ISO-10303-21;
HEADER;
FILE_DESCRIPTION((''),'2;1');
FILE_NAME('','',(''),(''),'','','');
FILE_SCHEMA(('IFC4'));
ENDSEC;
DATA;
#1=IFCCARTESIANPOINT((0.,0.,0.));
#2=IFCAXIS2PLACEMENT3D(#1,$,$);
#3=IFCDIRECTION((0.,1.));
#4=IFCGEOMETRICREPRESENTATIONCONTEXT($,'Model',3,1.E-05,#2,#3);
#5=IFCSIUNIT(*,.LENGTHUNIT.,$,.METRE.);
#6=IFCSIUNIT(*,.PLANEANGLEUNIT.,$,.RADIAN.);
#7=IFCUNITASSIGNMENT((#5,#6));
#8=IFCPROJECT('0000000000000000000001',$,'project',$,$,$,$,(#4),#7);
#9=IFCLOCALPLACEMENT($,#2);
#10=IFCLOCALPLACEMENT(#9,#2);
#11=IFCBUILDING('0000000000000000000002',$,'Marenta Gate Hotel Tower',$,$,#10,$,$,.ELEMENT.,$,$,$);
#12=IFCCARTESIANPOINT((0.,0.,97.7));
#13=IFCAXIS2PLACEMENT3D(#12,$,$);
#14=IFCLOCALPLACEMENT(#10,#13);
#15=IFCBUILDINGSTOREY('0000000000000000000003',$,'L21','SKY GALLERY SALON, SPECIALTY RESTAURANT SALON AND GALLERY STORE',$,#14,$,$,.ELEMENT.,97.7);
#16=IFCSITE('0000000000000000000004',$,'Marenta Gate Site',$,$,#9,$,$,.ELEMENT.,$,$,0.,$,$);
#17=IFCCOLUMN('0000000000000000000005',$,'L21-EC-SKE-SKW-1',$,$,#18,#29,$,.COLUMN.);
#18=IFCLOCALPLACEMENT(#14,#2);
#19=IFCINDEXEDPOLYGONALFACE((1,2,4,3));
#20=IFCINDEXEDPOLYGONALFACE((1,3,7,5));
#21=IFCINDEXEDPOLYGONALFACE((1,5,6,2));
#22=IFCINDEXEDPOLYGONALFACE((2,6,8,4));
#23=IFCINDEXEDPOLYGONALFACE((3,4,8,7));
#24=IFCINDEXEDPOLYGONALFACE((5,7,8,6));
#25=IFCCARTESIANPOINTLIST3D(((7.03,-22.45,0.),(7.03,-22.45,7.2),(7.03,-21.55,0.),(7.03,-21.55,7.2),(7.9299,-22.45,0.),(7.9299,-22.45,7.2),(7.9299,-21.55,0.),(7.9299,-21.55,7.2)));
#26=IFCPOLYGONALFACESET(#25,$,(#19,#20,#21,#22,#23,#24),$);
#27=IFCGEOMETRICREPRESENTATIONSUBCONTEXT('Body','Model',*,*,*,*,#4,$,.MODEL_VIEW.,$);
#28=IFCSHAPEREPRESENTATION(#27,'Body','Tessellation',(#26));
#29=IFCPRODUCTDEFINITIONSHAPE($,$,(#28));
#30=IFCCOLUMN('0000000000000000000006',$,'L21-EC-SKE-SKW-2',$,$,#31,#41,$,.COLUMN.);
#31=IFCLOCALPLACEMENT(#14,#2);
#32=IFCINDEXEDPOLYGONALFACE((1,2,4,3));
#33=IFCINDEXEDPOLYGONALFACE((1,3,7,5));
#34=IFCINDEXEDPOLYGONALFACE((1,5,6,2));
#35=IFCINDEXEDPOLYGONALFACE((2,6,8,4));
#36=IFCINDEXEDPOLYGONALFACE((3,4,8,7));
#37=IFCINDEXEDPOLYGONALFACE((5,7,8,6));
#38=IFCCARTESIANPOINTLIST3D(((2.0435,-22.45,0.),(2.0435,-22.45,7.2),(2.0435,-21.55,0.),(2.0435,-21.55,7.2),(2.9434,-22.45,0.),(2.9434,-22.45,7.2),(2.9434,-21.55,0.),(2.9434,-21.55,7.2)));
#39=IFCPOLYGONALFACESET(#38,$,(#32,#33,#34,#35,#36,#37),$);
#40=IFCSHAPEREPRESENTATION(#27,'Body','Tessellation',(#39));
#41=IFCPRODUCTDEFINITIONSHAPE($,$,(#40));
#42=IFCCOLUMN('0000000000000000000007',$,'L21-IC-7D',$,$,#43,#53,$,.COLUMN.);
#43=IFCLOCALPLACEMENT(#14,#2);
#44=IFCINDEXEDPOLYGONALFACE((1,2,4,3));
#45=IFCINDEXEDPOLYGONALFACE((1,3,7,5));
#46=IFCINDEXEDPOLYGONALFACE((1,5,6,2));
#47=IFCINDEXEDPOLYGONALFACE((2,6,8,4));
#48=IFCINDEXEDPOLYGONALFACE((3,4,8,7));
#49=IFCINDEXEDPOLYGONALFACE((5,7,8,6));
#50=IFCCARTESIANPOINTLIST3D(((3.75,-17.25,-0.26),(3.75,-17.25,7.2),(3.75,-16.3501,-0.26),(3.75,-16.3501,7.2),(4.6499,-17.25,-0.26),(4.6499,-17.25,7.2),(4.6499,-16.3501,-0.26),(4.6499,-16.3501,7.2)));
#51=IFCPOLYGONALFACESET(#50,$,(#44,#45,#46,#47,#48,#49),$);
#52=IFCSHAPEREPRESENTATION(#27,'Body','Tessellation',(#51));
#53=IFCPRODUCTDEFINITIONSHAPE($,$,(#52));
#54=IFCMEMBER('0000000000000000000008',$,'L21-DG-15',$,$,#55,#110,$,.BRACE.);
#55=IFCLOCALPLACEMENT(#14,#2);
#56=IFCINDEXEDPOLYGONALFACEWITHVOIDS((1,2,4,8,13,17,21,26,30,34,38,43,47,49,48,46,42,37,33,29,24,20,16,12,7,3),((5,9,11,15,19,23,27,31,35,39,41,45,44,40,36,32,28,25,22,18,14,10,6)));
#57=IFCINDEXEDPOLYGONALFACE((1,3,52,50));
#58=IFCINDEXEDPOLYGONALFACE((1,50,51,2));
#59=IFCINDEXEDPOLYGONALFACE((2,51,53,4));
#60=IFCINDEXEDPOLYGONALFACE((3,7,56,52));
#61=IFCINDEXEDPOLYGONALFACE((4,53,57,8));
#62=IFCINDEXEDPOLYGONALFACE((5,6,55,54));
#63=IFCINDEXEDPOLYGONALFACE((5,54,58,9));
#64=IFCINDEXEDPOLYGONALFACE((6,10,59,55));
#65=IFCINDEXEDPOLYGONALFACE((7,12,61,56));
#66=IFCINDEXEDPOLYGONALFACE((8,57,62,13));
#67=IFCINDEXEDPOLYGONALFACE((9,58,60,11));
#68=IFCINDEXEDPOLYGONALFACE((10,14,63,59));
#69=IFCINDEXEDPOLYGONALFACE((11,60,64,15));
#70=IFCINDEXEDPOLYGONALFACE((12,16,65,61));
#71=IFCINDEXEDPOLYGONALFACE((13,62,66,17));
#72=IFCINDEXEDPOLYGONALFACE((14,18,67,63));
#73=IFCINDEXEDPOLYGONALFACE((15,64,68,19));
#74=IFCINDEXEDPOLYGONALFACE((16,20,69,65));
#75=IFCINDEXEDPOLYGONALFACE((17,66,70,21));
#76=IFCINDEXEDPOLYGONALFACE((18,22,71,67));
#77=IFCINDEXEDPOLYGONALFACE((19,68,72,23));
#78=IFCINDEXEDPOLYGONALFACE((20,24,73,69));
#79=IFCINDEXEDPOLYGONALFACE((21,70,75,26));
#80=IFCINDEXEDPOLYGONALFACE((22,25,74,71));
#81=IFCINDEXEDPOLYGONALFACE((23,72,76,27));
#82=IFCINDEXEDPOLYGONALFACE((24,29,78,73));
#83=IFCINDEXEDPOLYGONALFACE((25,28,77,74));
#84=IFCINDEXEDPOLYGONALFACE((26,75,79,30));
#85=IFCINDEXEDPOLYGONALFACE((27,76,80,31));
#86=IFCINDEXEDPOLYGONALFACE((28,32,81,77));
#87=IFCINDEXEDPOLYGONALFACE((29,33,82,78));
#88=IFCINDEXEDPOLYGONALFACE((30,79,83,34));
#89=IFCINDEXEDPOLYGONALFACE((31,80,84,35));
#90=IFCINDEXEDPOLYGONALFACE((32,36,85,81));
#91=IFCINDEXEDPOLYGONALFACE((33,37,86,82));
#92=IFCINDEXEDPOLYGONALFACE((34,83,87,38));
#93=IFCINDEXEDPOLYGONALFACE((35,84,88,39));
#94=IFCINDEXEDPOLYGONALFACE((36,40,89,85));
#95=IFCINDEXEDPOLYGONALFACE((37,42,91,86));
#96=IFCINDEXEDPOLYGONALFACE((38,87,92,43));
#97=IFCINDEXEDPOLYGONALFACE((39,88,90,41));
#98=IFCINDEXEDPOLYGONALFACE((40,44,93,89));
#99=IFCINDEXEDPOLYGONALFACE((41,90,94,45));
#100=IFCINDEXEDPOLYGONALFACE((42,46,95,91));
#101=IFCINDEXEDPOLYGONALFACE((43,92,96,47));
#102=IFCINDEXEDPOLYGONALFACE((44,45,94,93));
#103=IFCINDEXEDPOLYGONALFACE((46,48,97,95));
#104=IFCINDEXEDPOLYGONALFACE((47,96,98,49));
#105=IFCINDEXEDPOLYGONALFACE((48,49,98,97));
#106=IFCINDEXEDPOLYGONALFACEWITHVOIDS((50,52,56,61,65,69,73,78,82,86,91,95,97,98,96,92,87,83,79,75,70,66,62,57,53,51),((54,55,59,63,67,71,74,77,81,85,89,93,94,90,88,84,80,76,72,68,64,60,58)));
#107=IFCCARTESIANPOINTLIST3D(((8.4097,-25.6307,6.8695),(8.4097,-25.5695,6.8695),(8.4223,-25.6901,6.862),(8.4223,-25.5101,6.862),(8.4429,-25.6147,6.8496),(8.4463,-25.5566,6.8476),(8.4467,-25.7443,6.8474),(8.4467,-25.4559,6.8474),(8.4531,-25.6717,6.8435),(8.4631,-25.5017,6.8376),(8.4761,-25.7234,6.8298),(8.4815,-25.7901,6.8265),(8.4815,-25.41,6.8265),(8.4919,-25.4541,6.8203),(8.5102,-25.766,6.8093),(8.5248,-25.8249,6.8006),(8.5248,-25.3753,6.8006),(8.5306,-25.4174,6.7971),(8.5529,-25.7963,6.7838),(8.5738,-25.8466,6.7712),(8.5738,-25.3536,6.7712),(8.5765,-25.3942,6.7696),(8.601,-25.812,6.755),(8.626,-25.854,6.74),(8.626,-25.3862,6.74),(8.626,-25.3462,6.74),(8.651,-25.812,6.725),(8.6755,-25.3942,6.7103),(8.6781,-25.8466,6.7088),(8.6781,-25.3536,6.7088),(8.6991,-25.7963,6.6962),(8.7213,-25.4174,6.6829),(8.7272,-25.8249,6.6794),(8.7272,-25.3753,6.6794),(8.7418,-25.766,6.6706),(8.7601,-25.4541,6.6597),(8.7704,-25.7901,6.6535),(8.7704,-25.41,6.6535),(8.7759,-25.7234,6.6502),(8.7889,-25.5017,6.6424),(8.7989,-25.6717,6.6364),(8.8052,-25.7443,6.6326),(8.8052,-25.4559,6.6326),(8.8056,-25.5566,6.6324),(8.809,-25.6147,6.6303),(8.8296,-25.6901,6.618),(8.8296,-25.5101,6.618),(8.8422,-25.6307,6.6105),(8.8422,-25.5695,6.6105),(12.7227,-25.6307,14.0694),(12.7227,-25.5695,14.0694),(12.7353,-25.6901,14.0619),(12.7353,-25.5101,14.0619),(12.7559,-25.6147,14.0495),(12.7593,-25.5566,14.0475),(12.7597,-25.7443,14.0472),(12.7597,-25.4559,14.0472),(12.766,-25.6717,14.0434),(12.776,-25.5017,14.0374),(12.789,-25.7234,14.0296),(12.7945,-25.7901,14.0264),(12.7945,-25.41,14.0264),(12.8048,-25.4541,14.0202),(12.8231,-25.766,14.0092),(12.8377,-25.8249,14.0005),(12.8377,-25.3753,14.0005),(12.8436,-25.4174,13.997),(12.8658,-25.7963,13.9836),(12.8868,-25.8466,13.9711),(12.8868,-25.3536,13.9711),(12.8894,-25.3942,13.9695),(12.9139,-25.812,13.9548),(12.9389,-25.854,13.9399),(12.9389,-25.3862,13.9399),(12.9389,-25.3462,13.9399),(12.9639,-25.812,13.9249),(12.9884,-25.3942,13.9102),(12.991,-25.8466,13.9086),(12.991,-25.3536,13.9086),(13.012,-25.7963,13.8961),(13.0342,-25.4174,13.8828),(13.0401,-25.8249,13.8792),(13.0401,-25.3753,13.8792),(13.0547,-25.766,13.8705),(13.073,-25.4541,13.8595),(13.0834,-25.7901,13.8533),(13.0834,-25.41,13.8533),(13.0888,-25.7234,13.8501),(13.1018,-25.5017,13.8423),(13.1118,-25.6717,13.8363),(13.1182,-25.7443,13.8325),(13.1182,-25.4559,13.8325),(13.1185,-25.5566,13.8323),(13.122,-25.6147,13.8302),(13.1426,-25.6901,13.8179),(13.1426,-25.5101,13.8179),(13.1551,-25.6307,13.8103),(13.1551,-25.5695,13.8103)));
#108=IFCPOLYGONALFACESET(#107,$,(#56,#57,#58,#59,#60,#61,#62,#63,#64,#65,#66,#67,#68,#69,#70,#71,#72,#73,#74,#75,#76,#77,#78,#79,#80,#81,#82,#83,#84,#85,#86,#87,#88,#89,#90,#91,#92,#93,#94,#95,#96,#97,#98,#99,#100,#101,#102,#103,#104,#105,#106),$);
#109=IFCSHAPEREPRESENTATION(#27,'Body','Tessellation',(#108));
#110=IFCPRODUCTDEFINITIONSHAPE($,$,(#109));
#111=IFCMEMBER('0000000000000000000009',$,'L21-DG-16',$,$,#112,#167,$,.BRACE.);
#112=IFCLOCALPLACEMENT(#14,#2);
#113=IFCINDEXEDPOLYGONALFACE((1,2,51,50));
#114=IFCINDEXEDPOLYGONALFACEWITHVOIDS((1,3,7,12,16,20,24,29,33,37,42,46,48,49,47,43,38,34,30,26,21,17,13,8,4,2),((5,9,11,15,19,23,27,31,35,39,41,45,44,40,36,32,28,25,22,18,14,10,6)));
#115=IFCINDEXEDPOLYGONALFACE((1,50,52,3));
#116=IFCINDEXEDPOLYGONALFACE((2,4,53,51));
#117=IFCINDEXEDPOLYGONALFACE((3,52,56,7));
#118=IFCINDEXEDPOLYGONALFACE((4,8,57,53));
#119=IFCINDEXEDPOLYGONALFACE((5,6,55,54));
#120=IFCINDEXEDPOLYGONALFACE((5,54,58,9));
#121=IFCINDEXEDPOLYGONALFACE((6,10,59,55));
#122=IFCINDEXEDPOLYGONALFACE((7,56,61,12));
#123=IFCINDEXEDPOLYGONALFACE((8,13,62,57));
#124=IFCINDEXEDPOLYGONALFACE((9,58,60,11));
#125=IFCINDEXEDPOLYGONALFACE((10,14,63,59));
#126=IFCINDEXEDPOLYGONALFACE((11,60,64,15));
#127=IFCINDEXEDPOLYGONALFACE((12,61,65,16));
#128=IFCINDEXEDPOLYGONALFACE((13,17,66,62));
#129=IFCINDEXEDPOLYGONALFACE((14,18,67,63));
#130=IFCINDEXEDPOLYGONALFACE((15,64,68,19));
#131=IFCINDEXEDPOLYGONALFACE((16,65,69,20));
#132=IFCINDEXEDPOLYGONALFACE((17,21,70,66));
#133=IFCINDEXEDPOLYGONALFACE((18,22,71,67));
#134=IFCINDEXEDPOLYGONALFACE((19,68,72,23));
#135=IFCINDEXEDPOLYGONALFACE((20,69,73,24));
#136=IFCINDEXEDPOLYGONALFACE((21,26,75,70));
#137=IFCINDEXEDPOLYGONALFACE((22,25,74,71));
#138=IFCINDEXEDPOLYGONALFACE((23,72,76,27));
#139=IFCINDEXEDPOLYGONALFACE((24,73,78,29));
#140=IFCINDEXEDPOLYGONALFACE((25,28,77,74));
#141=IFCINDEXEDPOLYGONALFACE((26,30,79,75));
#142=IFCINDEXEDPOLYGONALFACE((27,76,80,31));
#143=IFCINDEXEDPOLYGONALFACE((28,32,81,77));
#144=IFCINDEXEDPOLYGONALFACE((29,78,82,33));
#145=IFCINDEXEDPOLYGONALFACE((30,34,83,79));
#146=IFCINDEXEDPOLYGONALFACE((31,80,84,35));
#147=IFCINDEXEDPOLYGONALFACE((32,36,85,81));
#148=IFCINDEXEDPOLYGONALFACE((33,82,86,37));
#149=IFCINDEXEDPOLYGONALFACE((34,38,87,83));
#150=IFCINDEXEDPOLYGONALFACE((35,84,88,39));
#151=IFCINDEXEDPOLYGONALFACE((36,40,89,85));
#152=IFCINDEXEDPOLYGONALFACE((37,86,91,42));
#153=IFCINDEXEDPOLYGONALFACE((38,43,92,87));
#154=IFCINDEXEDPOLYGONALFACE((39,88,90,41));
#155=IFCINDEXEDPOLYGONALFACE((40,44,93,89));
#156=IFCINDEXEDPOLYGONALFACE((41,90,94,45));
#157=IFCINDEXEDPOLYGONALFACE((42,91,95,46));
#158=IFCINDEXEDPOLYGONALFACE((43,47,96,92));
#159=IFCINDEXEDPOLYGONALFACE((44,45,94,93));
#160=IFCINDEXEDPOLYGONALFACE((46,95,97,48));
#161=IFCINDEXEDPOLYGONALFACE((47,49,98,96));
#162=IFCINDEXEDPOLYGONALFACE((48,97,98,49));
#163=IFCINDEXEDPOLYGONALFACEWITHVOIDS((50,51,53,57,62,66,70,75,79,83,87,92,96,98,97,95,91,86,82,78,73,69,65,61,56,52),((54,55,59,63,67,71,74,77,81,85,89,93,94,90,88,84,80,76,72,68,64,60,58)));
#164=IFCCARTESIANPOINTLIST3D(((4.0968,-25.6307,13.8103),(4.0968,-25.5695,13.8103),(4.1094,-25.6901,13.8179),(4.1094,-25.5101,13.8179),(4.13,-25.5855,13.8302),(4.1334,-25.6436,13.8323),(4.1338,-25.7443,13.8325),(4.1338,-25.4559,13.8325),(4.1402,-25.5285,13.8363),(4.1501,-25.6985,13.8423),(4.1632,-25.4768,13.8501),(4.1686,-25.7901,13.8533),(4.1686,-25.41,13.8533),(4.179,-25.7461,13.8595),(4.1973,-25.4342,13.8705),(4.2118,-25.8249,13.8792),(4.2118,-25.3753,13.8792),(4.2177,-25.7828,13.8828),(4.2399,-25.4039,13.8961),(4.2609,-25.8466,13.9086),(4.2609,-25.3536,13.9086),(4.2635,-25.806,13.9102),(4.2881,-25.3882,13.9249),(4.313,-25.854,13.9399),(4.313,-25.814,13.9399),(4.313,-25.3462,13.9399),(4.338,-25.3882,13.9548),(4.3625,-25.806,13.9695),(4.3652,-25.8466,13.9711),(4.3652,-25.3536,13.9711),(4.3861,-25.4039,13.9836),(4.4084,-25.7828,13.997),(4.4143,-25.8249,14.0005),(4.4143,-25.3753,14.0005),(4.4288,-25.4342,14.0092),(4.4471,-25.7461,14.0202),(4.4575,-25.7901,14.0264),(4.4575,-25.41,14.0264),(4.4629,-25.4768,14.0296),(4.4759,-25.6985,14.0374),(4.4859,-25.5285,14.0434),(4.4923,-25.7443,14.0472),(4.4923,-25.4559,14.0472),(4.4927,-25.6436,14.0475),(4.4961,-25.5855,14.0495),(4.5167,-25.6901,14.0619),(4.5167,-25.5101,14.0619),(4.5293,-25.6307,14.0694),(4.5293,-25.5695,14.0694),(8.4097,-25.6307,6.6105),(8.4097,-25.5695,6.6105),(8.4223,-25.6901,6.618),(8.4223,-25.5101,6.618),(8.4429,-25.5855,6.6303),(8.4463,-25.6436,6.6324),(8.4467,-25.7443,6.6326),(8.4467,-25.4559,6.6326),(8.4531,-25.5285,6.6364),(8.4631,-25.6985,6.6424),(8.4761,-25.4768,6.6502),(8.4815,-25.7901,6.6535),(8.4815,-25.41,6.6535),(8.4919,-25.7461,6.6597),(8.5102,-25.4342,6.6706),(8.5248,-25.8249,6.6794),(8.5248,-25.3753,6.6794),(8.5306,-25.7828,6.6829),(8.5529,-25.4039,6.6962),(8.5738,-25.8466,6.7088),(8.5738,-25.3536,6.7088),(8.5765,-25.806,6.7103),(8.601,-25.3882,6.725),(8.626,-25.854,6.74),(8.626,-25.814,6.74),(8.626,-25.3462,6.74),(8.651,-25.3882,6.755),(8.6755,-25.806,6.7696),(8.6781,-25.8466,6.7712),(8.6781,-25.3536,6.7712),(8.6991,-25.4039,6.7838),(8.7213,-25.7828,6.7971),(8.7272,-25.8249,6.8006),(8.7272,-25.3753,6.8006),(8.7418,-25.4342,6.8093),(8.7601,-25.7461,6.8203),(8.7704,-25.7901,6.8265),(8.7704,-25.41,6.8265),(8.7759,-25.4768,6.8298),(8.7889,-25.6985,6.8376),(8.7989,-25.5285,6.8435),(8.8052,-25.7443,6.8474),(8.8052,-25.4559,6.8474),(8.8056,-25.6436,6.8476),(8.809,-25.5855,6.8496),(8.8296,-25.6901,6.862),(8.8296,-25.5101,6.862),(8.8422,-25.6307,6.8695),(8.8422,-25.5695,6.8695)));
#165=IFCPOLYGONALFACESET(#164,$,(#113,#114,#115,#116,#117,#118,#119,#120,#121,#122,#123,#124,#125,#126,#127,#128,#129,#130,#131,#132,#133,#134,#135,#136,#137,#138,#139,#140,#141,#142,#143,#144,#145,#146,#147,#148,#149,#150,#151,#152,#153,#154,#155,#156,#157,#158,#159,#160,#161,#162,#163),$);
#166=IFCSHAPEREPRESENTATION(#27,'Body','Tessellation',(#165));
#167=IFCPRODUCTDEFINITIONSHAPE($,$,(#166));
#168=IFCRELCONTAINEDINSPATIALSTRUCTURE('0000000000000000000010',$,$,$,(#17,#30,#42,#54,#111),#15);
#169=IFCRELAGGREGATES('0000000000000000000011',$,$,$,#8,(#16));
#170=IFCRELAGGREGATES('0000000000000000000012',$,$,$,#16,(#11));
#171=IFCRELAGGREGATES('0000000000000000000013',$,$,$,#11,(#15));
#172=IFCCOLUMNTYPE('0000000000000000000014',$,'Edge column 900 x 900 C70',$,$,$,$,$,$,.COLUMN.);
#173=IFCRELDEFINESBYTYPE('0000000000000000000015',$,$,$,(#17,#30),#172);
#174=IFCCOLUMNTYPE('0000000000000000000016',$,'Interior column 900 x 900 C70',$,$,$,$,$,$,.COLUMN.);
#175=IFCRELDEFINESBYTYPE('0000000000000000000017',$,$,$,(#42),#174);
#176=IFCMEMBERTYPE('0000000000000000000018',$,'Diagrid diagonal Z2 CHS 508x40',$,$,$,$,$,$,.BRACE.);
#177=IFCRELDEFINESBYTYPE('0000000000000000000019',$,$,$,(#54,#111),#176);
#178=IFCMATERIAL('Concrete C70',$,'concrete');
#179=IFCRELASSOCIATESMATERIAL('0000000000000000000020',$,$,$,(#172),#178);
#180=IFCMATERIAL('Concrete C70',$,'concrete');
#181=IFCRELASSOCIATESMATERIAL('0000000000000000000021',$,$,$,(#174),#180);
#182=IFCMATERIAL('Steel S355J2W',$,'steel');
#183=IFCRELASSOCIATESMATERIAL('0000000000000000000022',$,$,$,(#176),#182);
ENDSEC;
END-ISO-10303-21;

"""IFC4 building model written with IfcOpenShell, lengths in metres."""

from ifc_helpers import new_model, si_unit, direction, frame, origin, origin_2d, place, context, subcontext, project, spatial, rectangle, hollow_circle, extrude, material, material_profile, profile_set, type_object, element, save


model = new_model("IFC4")

# Units and contexts
model_context = context("Model", 3, precision=1e-05, world=origin(), true_north=direction((0.0, 1.0)))
body_context = subcontext(model_context, "Body", "Model", "MODEL_VIEW")
ifc_project = project(units=[si_unit("LENGTHUNIT", "METRE"), si_unit("PLANEANGLEUNIT", "RADIAN")], contexts=[model_context])

# Site, building, storey
site_placement = place(None, origin())
site = spatial("IfcSite", under=ifc_project, at=site_placement, Name="Marenta Gate Site", CompositionType="ELEMENT", RefElevation=0.0)
building_placement = place(site_placement, origin())
building = spatial("IfcBuilding", under=site, at=building_placement, Name="Marenta Gate Hotel Tower", CompositionType="ELEMENT")
storey_placement = place(building_placement, frame((0.0, 0.0, 97.7)))
storey = spatial("IfcBuildingStorey", under=building, at=storey_placement, Name="L21", Description="SKY GALLERY SALON, SPECIALTY RESTAURANT SALON AND GALLERY STORE", CompositionType="ELEMENT", Elevation=97.7)

# Columns
ifc_material_1 = material(Name="Concrete C70", Category="concrete")
ifc_material_profile_1 = material_profile(ifc_material_1, rectangle(XDim=0.8999, YDim=0.8999, at=origin_2d()), Name="900 x 900")
ifc_profile_set_1 = profile_set([ifc_material_profile_1], Name="Concrete C70")
column_type_1 = type_object("IfcColumnType", Name="Edge column 900 x 900 C70", PredefinedType="COLUMN", material=ifc_profile_set_1)
for number, where, z_axis, x_axis, name in (
    (1, (7.48, -22.0, 0.0), (0.0, 0.0, 1.0), (1.0, 0.0, 0.0), "L21-EC-SKE-SKW-1"),
    (2, (2.4934, -22.0, 0.0), (0.0, 0.0, 1.0), (1.0, 0.0, 0.0), "L21-EC-SKE-SKW-2"),
):
    element("IfcColumn", number, at=place(storey_placement, frame(where, z_axis=z_axis, x_axis=x_axis)), inside=storey, type_object=column_type_1, Name=name, PredefinedType="COLUMN", context=body_context, shape_type="SweptSolid", body=[
        extrude(rectangle(XDim=0.8999, YDim=0.8999, at=origin_2d()), origin(), (0.0, 0.0, 1.0), 7.2),
    ])
ifc_material_2 = material(Name="Concrete C70", Category="concrete")
ifc_material_profile_2 = material_profile(ifc_material_2, rectangle(XDim=0.8999, YDim=0.8999, at=origin_2d()), Name="900 x 900")
ifc_profile_set_2 = profile_set([ifc_material_profile_2], Name="Concrete C70")
column_type_2 = type_object("IfcColumnType", Name="Interior column 900 x 900 C70", PredefinedType="COLUMN", material=ifc_profile_set_2)
column_placement = place(storey_placement, frame((4.2, -16.8, -0.26), z_axis=(0.0, 0.0, 1.0), x_axis=(1.0, 0.0, 0.0)))
element("IfcColumn", 3, at=column_placement, inside=storey, type_object=column_type_2, Name="L21-IC-7D", PredefinedType="COLUMN", context=body_context, shape_type="SweptSolid", body=[
    extrude(rectangle(XDim=0.8999, YDim=0.8999, at=origin_2d()), origin(), (0.0, 0.0, 1.0), 7.46),
])

# Members
ifc_material_3 = material(Name="Steel S355J2W", Category="steel")
ifc_material_profile_3 = material_profile(ifc_material_3, hollow_circle(Radius=0.2539, WallThickness=0.04, at=origin_2d()), Name="CHS 508x40")
ifc_profile_set_3 = profile_set([ifc_material_profile_3], Name="Steel S355J2W")
member_type_1 = type_object("IfcMemberType", Name="Diagrid diagonal Z2 CHS 508x40", PredefinedType="BRACE", material=ifc_profile_set_3)
for number, where, z_axis, x_axis, name in (
    (4, (8.626, -25.6001, 6.74), (0.513884, 0.0, 0.85786), (0.0, 1.0, 0.0), "L21-DG-15"),
    (5, (8.626, -25.6001, 6.74), (-0.513884, 0.0, 0.85786), (0.0, -1.0, 0.0), "L21-DG-16"),
):
    element("IfcMember", number, at=place(storey_placement, frame(where, z_axis=z_axis, x_axis=x_axis)), inside=storey, type_object=member_type_1, Name=name, PredefinedType="BRACE", context=body_context, shape_type="SweptSolid", body=[
        extrude(hollow_circle(Radius=0.2539, WallThickness=0.04, at=origin_2d()), origin(), (0.0, 0.0, 1.0), 8.3928),
    ])

save(model, "model.ifc")
